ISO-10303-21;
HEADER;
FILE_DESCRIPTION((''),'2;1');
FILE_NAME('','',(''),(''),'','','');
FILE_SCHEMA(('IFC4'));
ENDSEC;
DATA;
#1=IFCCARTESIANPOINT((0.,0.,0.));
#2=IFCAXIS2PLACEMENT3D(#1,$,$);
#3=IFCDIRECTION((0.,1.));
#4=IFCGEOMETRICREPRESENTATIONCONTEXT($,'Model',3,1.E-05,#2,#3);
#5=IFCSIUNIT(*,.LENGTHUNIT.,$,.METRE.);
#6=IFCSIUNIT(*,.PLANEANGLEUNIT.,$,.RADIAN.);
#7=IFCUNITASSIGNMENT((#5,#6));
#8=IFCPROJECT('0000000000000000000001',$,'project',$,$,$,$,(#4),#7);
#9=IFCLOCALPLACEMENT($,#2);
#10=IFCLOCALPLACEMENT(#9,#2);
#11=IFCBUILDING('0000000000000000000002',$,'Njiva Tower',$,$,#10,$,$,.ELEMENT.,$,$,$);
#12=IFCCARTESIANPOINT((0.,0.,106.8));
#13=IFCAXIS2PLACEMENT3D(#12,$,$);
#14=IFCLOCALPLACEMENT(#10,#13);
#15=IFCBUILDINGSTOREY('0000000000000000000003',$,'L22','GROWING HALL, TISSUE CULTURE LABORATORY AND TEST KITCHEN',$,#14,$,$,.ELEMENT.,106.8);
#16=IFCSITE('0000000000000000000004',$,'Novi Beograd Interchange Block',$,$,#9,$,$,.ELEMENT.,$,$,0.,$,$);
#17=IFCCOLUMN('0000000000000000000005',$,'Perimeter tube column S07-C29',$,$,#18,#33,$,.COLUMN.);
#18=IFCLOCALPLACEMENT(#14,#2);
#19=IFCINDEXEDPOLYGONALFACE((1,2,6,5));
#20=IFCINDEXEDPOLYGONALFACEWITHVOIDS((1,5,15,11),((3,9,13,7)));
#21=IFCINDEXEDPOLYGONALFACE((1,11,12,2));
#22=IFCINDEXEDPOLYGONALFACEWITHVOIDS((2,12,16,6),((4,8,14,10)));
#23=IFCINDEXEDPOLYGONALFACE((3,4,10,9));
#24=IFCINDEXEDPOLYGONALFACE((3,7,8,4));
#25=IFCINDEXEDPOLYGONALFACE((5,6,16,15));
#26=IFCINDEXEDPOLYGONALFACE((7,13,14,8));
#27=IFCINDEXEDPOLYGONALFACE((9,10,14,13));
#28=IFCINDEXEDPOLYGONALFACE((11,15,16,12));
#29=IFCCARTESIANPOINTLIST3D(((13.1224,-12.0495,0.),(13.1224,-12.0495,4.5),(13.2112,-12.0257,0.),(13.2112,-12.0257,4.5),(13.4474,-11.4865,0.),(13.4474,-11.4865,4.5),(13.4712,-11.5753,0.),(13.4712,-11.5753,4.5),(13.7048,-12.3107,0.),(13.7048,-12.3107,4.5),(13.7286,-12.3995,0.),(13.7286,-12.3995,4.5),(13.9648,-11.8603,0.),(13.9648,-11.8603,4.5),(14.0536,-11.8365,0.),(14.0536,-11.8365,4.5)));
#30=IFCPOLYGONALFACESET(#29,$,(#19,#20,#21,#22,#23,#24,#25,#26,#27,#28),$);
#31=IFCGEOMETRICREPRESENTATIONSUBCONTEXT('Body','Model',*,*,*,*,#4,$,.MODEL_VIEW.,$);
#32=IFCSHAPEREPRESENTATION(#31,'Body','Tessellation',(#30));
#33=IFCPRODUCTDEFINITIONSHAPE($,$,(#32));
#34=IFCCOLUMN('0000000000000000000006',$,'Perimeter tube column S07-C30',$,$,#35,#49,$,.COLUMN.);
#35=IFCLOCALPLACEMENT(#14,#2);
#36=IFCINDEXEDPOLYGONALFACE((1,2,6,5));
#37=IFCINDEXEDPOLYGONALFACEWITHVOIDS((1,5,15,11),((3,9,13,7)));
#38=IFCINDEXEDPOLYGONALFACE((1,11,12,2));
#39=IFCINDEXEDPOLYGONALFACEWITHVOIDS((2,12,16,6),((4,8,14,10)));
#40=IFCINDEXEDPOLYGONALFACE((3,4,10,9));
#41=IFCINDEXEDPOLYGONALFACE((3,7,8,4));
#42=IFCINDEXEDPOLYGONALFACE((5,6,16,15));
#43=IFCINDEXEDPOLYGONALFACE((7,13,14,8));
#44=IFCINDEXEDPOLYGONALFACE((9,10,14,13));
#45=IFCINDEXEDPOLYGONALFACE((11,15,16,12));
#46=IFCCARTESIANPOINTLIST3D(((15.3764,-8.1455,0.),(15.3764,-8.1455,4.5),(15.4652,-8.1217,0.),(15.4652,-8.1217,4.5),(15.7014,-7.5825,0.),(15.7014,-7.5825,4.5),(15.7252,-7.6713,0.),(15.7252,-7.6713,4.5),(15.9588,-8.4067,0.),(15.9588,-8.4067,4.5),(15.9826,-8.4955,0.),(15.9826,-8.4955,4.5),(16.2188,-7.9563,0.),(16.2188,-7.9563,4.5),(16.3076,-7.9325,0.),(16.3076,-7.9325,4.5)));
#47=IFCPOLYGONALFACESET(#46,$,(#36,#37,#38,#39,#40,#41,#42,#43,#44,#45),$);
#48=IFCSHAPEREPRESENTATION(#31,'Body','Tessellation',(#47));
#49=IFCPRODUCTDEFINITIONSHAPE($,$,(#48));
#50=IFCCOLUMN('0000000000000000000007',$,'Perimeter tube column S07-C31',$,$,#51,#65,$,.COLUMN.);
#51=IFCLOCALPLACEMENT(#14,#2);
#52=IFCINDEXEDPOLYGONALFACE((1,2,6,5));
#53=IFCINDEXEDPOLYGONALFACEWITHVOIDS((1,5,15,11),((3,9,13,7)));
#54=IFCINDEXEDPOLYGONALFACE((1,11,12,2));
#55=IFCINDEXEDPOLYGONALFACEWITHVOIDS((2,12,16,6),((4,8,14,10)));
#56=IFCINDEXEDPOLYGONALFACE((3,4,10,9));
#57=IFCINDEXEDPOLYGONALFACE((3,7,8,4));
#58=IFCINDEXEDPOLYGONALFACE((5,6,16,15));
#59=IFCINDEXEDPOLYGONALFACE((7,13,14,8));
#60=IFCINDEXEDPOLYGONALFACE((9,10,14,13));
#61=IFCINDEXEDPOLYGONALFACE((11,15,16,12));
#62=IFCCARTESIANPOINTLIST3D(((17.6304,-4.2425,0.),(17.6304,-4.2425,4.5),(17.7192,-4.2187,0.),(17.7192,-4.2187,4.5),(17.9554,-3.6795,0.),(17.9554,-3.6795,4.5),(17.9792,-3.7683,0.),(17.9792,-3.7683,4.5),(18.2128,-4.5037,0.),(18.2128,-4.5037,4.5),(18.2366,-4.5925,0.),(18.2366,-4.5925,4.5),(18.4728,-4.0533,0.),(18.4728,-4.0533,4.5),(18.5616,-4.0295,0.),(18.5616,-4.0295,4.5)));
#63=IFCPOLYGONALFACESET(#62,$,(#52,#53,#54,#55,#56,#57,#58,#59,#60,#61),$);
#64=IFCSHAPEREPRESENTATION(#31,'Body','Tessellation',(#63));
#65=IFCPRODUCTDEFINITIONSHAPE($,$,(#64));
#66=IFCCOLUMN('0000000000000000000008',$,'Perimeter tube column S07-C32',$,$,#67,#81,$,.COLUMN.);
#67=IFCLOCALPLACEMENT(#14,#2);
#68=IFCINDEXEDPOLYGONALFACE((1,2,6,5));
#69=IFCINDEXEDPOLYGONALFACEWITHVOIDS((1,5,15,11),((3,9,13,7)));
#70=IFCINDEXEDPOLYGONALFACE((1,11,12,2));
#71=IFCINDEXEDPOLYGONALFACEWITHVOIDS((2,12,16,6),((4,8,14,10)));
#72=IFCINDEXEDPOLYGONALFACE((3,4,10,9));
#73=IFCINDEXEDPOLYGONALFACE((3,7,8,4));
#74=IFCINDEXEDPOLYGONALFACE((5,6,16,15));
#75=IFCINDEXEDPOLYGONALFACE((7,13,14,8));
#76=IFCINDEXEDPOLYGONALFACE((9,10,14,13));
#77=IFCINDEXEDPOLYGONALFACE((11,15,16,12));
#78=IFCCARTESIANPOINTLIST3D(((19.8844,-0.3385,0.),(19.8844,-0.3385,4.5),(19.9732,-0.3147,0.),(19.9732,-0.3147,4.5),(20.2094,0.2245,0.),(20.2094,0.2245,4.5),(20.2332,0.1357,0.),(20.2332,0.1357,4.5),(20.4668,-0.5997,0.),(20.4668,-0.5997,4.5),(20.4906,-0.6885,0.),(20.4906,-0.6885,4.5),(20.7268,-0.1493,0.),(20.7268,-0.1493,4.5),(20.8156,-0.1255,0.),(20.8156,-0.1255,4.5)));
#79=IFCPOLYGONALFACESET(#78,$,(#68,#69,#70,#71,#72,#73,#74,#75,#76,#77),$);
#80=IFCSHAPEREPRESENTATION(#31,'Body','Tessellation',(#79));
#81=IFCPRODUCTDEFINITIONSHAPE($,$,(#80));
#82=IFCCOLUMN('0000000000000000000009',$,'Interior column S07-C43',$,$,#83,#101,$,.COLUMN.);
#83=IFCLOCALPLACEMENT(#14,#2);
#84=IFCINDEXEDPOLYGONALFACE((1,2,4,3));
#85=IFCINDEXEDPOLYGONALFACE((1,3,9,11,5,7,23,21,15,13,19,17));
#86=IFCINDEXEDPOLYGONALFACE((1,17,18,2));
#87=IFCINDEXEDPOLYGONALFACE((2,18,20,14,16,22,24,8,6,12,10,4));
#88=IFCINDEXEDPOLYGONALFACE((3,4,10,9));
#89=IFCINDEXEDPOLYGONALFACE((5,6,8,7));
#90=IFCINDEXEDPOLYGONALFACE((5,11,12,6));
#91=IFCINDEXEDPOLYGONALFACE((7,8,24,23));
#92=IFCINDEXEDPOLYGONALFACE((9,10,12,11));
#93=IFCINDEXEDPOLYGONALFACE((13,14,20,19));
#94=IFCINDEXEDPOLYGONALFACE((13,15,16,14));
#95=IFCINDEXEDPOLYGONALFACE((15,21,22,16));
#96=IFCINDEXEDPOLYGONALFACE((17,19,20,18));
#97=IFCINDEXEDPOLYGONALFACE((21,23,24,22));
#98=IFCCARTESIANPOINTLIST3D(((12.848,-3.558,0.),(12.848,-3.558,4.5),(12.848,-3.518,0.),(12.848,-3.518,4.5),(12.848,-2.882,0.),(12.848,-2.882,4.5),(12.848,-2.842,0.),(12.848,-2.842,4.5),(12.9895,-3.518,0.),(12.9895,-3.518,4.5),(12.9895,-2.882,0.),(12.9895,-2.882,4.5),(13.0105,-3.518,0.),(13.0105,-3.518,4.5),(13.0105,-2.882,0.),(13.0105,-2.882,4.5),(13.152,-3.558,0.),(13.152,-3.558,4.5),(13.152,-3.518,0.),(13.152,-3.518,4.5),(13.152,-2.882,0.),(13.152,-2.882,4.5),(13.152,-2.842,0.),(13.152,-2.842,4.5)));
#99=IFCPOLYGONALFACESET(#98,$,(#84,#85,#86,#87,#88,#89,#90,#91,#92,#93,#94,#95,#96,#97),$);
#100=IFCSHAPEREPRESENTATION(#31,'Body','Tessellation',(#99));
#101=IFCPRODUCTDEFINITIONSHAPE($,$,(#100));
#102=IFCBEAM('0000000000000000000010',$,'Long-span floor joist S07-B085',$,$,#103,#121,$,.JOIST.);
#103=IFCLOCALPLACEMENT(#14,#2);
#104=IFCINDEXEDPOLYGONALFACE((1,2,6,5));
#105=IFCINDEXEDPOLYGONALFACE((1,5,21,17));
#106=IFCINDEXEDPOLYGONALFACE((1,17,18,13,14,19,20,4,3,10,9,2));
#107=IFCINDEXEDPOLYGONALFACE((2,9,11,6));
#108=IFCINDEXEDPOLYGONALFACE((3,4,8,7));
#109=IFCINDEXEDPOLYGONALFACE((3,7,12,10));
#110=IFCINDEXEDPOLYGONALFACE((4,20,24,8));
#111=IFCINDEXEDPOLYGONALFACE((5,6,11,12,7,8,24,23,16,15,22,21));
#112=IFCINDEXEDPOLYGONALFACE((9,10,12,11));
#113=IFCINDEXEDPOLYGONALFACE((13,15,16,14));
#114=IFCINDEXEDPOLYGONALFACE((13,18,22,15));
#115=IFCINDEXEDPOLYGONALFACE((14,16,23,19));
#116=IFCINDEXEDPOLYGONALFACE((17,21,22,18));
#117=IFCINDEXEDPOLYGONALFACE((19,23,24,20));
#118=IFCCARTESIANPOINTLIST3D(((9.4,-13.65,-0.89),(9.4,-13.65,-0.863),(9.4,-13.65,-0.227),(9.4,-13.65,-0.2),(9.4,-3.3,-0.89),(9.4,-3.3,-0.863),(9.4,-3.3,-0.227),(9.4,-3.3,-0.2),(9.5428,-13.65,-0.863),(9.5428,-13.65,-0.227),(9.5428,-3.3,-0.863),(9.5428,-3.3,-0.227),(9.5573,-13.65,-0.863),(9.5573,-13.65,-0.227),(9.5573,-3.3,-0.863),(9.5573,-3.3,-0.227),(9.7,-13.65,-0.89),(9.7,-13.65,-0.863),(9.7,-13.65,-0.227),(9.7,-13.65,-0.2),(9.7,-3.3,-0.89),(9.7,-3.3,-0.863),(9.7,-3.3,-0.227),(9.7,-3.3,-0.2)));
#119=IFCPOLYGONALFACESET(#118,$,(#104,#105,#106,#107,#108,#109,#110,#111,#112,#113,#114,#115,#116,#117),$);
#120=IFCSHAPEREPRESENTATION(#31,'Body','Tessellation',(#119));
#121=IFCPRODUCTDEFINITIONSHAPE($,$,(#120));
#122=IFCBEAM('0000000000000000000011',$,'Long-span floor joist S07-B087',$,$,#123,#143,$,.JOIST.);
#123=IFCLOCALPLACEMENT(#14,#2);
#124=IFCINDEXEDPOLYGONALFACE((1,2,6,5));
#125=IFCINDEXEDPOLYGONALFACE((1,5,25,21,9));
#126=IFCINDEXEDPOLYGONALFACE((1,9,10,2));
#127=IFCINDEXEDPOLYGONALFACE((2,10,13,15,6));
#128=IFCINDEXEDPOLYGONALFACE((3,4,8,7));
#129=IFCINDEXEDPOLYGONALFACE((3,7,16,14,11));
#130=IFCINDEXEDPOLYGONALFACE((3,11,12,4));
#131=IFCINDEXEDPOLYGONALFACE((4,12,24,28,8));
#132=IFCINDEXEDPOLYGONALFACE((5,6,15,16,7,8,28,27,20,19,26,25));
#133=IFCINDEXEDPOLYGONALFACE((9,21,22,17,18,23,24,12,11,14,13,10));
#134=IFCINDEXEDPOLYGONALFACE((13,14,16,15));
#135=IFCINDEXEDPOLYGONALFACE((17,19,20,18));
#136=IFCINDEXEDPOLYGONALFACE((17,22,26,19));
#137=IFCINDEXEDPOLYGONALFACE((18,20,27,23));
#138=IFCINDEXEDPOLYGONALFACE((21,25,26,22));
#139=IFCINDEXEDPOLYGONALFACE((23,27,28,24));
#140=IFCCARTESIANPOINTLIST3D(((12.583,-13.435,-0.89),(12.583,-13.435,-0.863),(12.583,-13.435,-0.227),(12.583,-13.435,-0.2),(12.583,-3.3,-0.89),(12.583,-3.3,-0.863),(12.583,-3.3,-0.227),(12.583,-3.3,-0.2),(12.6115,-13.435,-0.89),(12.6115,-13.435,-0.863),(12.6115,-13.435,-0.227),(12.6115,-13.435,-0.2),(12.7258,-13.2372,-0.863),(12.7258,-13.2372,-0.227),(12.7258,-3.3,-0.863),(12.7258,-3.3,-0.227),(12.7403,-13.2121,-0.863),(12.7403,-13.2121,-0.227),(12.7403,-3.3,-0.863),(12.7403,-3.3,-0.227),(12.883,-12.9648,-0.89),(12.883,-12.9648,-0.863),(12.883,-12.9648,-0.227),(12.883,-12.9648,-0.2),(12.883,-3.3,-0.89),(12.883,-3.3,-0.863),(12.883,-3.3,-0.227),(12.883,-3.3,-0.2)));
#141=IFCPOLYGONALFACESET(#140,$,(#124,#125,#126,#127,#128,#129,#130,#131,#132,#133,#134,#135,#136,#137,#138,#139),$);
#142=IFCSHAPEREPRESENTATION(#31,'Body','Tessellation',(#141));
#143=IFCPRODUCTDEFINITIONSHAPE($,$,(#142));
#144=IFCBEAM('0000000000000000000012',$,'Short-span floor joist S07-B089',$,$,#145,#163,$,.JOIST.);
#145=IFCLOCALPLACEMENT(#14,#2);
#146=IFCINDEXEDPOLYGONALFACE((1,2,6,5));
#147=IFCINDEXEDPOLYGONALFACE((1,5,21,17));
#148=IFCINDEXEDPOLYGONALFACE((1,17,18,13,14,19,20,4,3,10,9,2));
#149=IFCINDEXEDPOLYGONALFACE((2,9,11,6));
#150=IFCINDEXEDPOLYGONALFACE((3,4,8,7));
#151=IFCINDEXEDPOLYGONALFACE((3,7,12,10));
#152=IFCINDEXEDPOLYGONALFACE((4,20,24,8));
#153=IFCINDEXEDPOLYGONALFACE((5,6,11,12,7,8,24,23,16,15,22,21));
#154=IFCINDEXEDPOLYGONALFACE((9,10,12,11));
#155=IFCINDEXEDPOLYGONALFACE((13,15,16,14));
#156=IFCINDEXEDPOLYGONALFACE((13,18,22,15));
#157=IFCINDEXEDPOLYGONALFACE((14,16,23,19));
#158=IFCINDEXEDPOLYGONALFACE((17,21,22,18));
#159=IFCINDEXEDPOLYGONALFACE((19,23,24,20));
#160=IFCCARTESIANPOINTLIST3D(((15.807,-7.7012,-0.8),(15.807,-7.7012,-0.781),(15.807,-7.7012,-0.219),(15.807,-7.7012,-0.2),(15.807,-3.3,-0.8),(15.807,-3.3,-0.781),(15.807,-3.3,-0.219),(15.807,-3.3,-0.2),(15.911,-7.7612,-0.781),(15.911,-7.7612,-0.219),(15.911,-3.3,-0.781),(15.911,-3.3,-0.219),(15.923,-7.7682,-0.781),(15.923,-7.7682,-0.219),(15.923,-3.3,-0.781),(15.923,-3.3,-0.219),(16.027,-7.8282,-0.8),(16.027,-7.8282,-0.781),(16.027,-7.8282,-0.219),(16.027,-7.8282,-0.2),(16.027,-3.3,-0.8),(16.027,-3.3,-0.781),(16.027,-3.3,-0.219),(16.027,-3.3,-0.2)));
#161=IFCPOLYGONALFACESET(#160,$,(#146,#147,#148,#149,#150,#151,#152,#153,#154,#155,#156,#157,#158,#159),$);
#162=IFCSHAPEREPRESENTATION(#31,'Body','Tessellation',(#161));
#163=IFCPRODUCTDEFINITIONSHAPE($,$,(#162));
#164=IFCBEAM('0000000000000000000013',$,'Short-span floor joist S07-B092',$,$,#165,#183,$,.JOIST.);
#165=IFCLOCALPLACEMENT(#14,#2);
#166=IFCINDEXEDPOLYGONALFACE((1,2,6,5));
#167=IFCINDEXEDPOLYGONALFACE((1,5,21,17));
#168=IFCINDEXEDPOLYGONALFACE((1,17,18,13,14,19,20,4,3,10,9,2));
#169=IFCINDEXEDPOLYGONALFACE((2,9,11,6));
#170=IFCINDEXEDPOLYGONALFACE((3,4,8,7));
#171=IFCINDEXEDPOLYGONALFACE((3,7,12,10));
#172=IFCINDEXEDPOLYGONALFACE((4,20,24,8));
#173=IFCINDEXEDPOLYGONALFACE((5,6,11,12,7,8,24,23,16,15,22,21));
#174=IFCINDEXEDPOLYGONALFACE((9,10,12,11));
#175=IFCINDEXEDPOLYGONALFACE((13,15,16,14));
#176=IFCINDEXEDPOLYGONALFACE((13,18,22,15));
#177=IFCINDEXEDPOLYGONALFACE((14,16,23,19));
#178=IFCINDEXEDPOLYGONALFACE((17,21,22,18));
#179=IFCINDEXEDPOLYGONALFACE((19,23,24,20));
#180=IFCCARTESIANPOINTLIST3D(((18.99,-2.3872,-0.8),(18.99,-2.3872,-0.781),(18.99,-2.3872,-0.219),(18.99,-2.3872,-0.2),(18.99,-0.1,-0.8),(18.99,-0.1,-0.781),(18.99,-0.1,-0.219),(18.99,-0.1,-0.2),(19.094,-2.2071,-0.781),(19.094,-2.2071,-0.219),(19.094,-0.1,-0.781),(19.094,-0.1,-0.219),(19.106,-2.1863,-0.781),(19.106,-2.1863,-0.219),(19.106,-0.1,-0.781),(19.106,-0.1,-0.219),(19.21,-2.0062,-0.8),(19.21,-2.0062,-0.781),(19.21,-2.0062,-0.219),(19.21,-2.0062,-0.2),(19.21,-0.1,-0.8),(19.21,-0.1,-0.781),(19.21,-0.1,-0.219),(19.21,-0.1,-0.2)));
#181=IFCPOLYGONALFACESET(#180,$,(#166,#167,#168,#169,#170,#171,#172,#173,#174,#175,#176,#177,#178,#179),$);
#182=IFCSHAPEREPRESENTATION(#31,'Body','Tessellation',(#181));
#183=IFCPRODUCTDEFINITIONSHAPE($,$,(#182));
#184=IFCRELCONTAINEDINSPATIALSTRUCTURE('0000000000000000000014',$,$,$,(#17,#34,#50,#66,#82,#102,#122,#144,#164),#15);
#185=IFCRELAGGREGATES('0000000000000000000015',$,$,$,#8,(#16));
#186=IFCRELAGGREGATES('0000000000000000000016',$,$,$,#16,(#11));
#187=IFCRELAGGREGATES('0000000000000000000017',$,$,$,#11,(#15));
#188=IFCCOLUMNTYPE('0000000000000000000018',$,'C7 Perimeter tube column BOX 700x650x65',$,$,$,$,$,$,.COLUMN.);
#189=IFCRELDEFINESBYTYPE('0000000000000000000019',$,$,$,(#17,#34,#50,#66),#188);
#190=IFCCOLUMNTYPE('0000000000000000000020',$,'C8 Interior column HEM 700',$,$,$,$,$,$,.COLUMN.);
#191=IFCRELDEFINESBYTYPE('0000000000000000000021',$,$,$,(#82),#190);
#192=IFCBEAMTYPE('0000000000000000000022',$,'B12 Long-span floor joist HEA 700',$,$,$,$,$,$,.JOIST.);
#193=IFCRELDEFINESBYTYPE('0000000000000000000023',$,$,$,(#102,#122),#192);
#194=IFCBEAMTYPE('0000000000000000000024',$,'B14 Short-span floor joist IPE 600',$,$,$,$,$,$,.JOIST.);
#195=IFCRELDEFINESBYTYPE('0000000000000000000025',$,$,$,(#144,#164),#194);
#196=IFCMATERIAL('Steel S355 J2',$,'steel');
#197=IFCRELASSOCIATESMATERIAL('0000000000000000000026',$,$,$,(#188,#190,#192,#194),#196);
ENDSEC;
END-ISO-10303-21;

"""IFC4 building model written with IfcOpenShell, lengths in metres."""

from ifc_helpers import new_model, si_unit, direction, frame, origin, origin_2d, place, context, subcontext, project, spatial, hollow_rectangle, i_section, extrude, clip, halfspace, material, material_profile, profile_set, type_object, element, save


model = new_model("IFC4")

# Units and contexts
model_context = context("Model", 3, precision=1e-05, world=origin(), true_north=direction((0.0, 1.0)))
body_context = subcontext(model_context, "Body", "Model", "MODEL_VIEW")
ifc_project = project(units=[si_unit("LENGTHUNIT", "METRE"), si_unit("PLANEANGLEUNIT", "RADIAN")], contexts=[model_context])

# Site, building, storey
site_placement = place(None, origin())
site = spatial("IfcSite", under=ifc_project, at=site_placement, Name="Novi Beograd Interchange Block", CompositionType="ELEMENT", RefElevation=0.0)
building_placement = place(site_placement, origin())
building = spatial("IfcBuilding", under=site, at=building_placement, Name="Njiva Tower", CompositionType="ELEMENT")
storey_placement = place(building_placement, frame((0.0, 0.0, 106.8)))
storey = spatial("IfcBuildingStorey", under=building, at=storey_placement, Name="L22", Description="GROWING HALL, TISSUE CULTURE LABORATORY AND TEST KITCHEN", CompositionType="ELEMENT", Elevation=106.8)

# Columns
ifc_material_1 = material(Name="Steel S355 J2", Category="steel")
ifc_material_profile_1 = material_profile(ifc_material_1, hollow_rectangle(XDim=0.65, YDim=0.7, WallThickness=0.065, at=origin_2d()), Name="BOX 700x650x65")
ifc_profile_set_1 = profile_set([ifc_material_profile_1], Name="Steel S355 J2")
column_type_1 = type_object("IfcColumnType", Name="C7 Perimeter tube column BOX 700x650x65", PredefinedType="COLUMN", material=ifc_profile_set_1)
for number, where, z_axis, x_axis, name in (
    (1, (13.588, -11.943, 0.0), (0.0, 0.0, 1.0), (0.5, 0.866025, 0.0), "Perimeter tube column S07-C29"),
    (2, (15.842, -8.039, 0.0), (0.0, 0.0, 1.0), (0.5, 0.866025, 0.0), "Perimeter tube column S07-C30"),
    (3, (18.096, -4.136, 0.0), (0.0, 0.0, 1.0), (0.5, 0.866025, 0.0), "Perimeter tube column S07-C31"),
    (4, (20.35, -0.232, 0.0), (0.0, 0.0, 1.0), (0.5, 0.866025, 0.0), "Perimeter tube column S07-C32"),
):
    element("IfcColumn", number, at=place(storey_placement, frame(where, z_axis=z_axis, x_axis=x_axis)), inside=storey, type_object=column_type_1, Name=name, PredefinedType="COLUMN", context=body_context, shape_type="SweptSolid", body=[
        extrude(hollow_rectangle(XDim=0.65, YDim=0.7, WallThickness=0.065, at=origin_2d()), origin(), (0.0, 0.0, 1.0), 4.5),
    ])
ifc_material_profile_2 = material_profile(ifc_material_1, i_section(OverallWidth=0.304, OverallDepth=0.716, WebThickness=0.021, FlangeThickness=0.04, at=origin_2d()), Name="HEM 700")
ifc_profile_set_2 = profile_set([ifc_material_profile_2], Name="Steel S355 J2")
column_type_2 = type_object("IfcColumnType", Name="C8 Interior column HEM 700", PredefinedType="COLUMN", material=ifc_profile_set_2)
column_placement = place(storey_placement, frame((13.0, -3.2, 0.0), z_axis=(0.0, 0.0, 1.0), x_axis=(1.0, 0.0, 0.0)))
element("IfcColumn", 5, at=column_placement, inside=storey, type_object=column_type_2, Name="Interior column S07-C43", PredefinedType="COLUMN", context=body_context, shape_type="SweptSolid", body=[
    extrude(i_section(OverallWidth=0.304, OverallDepth=0.716, WebThickness=0.021, FlangeThickness=0.04, at=origin_2d()), origin(), (0.0, 0.0, 1.0), 4.5),
])

# Beams
ifc_material_profile_3 = material_profile(ifc_material_1, i_section(OverallWidth=0.3, OverallDepth=0.69, WebThickness=0.0145, FlangeThickness=0.027, at=origin_2d()), Name="HEA 700")
ifc_profile_set_3 = profile_set([ifc_material_profile_3], Name="Steel S355 J2")
beam_type_1 = type_object("IfcBeamType", Name="B12 Long-span floor joist HEA 700", PredefinedType="JOIST", material=ifc_profile_set_3)
beam_1_placement = place(storey_placement, frame((9.55, -3.3, -0.545), z_axis=(0.0, -1.0, 0.0), x_axis=(1.0, 0.0, 0.0)))
element("IfcBeam", 6, at=beam_1_placement, inside=storey, type_object=beam_type_1, Name="Long-span floor joist S07-B085", PredefinedType="JOIST", context=body_context, shape_type="SweptSolid", body=[
    extrude(i_section(OverallWidth=0.3, OverallDepth=0.69, WebThickness=0.0145, FlangeThickness=0.027, at=origin_2d()), origin(), (0.0, 0.0, 1.0), 10.35),
])
beam_2_placement = place(storey_placement, frame((12.733, -3.3, -0.545), z_axis=(0.0, -1.0, 0.0), x_axis=(1.0, 0.0, 0.0)))
element("IfcBeam", 7, at=beam_2_placement, inside=storey, type_object=beam_type_1, Name="Long-span floor joist S07-B087", PredefinedType="JOIST", context=body_context, shape_type="Clipping", body=[
    clip(extrude(i_section(OverallWidth=0.3, OverallDepth=0.69, WebThickness=0.0145, FlangeThickness=0.027, at=origin_2d()), origin(), (0.0, 0.0, 1.0), 10.135), halfspace(frame((0.0436, 0.0, 9.8491), z_axis=(0.866027, 0.0, 0.499998), x_axis=(0.0, 1.0, 0.0)), False)),
])
ifc_material_profile_4 = material_profile(ifc_material_1, i_section(OverallWidth=0.22, OverallDepth=0.6, WebThickness=0.012, FlangeThickness=0.019, at=origin_2d()), Name="IPE 600")
ifc_profile_set_4 = profile_set([ifc_material_profile_4], Name="Steel S355 J2")
beam_type_2 = type_object("IfcBeamType", Name="B14 Short-span floor joist IPE 600", PredefinedType="JOIST", material=ifc_profile_set_4)
beam_3_placement = place(storey_placement, frame((15.917, -3.3, -0.5), z_axis=(0.0, -1.0, 0.0), x_axis=(1.0, 0.0, 0.0)))
element("IfcBeam", 8, at=beam_3_placement, inside=storey, type_object=beam_type_2, Name="Short-span floor joist S07-B089", PredefinedType="JOIST", context=body_context, shape_type="Clipping", body=[
    clip(extrude(i_section(OverallWidth=0.22, OverallDepth=0.6, WebThickness=0.012, FlangeThickness=0.019, at=origin_2d()), origin(), (0.0, 0.0, 1.0), 4.549), halfspace(frame((-0.0253, 0.0, 4.4501), z_axis=(-0.499998, 0.0, 0.866027), x_axis=(0.0, 1.0, 0.0)), False)),
])
beam_4_placement = place(storey_placement, frame((19.1, -0.1, -0.5), z_axis=(0.0, -1.0, 0.0), x_axis=(1.0, 0.0, 0.0)))
element("IfcBeam", 9, at=beam_4_placement, inside=storey, type_object=beam_type_2, Name="Short-span floor joist S07-B092", PredefinedType="JOIST", context=body_context, shape_type="Clipping", body=[
    clip(extrude(i_section(OverallWidth=0.22, OverallDepth=0.6, WebThickness=0.012, FlangeThickness=0.019, at=origin_2d()), origin(), (0.0, 0.0, 1.0), 2.308), halfspace(frame((0.0433, 0.0, 2.0217), z_axis=(0.866027, 0.0, 0.499998), x_axis=(0.0, 1.0, 0.0)), False)),
])

save(model, "model.ifc")
